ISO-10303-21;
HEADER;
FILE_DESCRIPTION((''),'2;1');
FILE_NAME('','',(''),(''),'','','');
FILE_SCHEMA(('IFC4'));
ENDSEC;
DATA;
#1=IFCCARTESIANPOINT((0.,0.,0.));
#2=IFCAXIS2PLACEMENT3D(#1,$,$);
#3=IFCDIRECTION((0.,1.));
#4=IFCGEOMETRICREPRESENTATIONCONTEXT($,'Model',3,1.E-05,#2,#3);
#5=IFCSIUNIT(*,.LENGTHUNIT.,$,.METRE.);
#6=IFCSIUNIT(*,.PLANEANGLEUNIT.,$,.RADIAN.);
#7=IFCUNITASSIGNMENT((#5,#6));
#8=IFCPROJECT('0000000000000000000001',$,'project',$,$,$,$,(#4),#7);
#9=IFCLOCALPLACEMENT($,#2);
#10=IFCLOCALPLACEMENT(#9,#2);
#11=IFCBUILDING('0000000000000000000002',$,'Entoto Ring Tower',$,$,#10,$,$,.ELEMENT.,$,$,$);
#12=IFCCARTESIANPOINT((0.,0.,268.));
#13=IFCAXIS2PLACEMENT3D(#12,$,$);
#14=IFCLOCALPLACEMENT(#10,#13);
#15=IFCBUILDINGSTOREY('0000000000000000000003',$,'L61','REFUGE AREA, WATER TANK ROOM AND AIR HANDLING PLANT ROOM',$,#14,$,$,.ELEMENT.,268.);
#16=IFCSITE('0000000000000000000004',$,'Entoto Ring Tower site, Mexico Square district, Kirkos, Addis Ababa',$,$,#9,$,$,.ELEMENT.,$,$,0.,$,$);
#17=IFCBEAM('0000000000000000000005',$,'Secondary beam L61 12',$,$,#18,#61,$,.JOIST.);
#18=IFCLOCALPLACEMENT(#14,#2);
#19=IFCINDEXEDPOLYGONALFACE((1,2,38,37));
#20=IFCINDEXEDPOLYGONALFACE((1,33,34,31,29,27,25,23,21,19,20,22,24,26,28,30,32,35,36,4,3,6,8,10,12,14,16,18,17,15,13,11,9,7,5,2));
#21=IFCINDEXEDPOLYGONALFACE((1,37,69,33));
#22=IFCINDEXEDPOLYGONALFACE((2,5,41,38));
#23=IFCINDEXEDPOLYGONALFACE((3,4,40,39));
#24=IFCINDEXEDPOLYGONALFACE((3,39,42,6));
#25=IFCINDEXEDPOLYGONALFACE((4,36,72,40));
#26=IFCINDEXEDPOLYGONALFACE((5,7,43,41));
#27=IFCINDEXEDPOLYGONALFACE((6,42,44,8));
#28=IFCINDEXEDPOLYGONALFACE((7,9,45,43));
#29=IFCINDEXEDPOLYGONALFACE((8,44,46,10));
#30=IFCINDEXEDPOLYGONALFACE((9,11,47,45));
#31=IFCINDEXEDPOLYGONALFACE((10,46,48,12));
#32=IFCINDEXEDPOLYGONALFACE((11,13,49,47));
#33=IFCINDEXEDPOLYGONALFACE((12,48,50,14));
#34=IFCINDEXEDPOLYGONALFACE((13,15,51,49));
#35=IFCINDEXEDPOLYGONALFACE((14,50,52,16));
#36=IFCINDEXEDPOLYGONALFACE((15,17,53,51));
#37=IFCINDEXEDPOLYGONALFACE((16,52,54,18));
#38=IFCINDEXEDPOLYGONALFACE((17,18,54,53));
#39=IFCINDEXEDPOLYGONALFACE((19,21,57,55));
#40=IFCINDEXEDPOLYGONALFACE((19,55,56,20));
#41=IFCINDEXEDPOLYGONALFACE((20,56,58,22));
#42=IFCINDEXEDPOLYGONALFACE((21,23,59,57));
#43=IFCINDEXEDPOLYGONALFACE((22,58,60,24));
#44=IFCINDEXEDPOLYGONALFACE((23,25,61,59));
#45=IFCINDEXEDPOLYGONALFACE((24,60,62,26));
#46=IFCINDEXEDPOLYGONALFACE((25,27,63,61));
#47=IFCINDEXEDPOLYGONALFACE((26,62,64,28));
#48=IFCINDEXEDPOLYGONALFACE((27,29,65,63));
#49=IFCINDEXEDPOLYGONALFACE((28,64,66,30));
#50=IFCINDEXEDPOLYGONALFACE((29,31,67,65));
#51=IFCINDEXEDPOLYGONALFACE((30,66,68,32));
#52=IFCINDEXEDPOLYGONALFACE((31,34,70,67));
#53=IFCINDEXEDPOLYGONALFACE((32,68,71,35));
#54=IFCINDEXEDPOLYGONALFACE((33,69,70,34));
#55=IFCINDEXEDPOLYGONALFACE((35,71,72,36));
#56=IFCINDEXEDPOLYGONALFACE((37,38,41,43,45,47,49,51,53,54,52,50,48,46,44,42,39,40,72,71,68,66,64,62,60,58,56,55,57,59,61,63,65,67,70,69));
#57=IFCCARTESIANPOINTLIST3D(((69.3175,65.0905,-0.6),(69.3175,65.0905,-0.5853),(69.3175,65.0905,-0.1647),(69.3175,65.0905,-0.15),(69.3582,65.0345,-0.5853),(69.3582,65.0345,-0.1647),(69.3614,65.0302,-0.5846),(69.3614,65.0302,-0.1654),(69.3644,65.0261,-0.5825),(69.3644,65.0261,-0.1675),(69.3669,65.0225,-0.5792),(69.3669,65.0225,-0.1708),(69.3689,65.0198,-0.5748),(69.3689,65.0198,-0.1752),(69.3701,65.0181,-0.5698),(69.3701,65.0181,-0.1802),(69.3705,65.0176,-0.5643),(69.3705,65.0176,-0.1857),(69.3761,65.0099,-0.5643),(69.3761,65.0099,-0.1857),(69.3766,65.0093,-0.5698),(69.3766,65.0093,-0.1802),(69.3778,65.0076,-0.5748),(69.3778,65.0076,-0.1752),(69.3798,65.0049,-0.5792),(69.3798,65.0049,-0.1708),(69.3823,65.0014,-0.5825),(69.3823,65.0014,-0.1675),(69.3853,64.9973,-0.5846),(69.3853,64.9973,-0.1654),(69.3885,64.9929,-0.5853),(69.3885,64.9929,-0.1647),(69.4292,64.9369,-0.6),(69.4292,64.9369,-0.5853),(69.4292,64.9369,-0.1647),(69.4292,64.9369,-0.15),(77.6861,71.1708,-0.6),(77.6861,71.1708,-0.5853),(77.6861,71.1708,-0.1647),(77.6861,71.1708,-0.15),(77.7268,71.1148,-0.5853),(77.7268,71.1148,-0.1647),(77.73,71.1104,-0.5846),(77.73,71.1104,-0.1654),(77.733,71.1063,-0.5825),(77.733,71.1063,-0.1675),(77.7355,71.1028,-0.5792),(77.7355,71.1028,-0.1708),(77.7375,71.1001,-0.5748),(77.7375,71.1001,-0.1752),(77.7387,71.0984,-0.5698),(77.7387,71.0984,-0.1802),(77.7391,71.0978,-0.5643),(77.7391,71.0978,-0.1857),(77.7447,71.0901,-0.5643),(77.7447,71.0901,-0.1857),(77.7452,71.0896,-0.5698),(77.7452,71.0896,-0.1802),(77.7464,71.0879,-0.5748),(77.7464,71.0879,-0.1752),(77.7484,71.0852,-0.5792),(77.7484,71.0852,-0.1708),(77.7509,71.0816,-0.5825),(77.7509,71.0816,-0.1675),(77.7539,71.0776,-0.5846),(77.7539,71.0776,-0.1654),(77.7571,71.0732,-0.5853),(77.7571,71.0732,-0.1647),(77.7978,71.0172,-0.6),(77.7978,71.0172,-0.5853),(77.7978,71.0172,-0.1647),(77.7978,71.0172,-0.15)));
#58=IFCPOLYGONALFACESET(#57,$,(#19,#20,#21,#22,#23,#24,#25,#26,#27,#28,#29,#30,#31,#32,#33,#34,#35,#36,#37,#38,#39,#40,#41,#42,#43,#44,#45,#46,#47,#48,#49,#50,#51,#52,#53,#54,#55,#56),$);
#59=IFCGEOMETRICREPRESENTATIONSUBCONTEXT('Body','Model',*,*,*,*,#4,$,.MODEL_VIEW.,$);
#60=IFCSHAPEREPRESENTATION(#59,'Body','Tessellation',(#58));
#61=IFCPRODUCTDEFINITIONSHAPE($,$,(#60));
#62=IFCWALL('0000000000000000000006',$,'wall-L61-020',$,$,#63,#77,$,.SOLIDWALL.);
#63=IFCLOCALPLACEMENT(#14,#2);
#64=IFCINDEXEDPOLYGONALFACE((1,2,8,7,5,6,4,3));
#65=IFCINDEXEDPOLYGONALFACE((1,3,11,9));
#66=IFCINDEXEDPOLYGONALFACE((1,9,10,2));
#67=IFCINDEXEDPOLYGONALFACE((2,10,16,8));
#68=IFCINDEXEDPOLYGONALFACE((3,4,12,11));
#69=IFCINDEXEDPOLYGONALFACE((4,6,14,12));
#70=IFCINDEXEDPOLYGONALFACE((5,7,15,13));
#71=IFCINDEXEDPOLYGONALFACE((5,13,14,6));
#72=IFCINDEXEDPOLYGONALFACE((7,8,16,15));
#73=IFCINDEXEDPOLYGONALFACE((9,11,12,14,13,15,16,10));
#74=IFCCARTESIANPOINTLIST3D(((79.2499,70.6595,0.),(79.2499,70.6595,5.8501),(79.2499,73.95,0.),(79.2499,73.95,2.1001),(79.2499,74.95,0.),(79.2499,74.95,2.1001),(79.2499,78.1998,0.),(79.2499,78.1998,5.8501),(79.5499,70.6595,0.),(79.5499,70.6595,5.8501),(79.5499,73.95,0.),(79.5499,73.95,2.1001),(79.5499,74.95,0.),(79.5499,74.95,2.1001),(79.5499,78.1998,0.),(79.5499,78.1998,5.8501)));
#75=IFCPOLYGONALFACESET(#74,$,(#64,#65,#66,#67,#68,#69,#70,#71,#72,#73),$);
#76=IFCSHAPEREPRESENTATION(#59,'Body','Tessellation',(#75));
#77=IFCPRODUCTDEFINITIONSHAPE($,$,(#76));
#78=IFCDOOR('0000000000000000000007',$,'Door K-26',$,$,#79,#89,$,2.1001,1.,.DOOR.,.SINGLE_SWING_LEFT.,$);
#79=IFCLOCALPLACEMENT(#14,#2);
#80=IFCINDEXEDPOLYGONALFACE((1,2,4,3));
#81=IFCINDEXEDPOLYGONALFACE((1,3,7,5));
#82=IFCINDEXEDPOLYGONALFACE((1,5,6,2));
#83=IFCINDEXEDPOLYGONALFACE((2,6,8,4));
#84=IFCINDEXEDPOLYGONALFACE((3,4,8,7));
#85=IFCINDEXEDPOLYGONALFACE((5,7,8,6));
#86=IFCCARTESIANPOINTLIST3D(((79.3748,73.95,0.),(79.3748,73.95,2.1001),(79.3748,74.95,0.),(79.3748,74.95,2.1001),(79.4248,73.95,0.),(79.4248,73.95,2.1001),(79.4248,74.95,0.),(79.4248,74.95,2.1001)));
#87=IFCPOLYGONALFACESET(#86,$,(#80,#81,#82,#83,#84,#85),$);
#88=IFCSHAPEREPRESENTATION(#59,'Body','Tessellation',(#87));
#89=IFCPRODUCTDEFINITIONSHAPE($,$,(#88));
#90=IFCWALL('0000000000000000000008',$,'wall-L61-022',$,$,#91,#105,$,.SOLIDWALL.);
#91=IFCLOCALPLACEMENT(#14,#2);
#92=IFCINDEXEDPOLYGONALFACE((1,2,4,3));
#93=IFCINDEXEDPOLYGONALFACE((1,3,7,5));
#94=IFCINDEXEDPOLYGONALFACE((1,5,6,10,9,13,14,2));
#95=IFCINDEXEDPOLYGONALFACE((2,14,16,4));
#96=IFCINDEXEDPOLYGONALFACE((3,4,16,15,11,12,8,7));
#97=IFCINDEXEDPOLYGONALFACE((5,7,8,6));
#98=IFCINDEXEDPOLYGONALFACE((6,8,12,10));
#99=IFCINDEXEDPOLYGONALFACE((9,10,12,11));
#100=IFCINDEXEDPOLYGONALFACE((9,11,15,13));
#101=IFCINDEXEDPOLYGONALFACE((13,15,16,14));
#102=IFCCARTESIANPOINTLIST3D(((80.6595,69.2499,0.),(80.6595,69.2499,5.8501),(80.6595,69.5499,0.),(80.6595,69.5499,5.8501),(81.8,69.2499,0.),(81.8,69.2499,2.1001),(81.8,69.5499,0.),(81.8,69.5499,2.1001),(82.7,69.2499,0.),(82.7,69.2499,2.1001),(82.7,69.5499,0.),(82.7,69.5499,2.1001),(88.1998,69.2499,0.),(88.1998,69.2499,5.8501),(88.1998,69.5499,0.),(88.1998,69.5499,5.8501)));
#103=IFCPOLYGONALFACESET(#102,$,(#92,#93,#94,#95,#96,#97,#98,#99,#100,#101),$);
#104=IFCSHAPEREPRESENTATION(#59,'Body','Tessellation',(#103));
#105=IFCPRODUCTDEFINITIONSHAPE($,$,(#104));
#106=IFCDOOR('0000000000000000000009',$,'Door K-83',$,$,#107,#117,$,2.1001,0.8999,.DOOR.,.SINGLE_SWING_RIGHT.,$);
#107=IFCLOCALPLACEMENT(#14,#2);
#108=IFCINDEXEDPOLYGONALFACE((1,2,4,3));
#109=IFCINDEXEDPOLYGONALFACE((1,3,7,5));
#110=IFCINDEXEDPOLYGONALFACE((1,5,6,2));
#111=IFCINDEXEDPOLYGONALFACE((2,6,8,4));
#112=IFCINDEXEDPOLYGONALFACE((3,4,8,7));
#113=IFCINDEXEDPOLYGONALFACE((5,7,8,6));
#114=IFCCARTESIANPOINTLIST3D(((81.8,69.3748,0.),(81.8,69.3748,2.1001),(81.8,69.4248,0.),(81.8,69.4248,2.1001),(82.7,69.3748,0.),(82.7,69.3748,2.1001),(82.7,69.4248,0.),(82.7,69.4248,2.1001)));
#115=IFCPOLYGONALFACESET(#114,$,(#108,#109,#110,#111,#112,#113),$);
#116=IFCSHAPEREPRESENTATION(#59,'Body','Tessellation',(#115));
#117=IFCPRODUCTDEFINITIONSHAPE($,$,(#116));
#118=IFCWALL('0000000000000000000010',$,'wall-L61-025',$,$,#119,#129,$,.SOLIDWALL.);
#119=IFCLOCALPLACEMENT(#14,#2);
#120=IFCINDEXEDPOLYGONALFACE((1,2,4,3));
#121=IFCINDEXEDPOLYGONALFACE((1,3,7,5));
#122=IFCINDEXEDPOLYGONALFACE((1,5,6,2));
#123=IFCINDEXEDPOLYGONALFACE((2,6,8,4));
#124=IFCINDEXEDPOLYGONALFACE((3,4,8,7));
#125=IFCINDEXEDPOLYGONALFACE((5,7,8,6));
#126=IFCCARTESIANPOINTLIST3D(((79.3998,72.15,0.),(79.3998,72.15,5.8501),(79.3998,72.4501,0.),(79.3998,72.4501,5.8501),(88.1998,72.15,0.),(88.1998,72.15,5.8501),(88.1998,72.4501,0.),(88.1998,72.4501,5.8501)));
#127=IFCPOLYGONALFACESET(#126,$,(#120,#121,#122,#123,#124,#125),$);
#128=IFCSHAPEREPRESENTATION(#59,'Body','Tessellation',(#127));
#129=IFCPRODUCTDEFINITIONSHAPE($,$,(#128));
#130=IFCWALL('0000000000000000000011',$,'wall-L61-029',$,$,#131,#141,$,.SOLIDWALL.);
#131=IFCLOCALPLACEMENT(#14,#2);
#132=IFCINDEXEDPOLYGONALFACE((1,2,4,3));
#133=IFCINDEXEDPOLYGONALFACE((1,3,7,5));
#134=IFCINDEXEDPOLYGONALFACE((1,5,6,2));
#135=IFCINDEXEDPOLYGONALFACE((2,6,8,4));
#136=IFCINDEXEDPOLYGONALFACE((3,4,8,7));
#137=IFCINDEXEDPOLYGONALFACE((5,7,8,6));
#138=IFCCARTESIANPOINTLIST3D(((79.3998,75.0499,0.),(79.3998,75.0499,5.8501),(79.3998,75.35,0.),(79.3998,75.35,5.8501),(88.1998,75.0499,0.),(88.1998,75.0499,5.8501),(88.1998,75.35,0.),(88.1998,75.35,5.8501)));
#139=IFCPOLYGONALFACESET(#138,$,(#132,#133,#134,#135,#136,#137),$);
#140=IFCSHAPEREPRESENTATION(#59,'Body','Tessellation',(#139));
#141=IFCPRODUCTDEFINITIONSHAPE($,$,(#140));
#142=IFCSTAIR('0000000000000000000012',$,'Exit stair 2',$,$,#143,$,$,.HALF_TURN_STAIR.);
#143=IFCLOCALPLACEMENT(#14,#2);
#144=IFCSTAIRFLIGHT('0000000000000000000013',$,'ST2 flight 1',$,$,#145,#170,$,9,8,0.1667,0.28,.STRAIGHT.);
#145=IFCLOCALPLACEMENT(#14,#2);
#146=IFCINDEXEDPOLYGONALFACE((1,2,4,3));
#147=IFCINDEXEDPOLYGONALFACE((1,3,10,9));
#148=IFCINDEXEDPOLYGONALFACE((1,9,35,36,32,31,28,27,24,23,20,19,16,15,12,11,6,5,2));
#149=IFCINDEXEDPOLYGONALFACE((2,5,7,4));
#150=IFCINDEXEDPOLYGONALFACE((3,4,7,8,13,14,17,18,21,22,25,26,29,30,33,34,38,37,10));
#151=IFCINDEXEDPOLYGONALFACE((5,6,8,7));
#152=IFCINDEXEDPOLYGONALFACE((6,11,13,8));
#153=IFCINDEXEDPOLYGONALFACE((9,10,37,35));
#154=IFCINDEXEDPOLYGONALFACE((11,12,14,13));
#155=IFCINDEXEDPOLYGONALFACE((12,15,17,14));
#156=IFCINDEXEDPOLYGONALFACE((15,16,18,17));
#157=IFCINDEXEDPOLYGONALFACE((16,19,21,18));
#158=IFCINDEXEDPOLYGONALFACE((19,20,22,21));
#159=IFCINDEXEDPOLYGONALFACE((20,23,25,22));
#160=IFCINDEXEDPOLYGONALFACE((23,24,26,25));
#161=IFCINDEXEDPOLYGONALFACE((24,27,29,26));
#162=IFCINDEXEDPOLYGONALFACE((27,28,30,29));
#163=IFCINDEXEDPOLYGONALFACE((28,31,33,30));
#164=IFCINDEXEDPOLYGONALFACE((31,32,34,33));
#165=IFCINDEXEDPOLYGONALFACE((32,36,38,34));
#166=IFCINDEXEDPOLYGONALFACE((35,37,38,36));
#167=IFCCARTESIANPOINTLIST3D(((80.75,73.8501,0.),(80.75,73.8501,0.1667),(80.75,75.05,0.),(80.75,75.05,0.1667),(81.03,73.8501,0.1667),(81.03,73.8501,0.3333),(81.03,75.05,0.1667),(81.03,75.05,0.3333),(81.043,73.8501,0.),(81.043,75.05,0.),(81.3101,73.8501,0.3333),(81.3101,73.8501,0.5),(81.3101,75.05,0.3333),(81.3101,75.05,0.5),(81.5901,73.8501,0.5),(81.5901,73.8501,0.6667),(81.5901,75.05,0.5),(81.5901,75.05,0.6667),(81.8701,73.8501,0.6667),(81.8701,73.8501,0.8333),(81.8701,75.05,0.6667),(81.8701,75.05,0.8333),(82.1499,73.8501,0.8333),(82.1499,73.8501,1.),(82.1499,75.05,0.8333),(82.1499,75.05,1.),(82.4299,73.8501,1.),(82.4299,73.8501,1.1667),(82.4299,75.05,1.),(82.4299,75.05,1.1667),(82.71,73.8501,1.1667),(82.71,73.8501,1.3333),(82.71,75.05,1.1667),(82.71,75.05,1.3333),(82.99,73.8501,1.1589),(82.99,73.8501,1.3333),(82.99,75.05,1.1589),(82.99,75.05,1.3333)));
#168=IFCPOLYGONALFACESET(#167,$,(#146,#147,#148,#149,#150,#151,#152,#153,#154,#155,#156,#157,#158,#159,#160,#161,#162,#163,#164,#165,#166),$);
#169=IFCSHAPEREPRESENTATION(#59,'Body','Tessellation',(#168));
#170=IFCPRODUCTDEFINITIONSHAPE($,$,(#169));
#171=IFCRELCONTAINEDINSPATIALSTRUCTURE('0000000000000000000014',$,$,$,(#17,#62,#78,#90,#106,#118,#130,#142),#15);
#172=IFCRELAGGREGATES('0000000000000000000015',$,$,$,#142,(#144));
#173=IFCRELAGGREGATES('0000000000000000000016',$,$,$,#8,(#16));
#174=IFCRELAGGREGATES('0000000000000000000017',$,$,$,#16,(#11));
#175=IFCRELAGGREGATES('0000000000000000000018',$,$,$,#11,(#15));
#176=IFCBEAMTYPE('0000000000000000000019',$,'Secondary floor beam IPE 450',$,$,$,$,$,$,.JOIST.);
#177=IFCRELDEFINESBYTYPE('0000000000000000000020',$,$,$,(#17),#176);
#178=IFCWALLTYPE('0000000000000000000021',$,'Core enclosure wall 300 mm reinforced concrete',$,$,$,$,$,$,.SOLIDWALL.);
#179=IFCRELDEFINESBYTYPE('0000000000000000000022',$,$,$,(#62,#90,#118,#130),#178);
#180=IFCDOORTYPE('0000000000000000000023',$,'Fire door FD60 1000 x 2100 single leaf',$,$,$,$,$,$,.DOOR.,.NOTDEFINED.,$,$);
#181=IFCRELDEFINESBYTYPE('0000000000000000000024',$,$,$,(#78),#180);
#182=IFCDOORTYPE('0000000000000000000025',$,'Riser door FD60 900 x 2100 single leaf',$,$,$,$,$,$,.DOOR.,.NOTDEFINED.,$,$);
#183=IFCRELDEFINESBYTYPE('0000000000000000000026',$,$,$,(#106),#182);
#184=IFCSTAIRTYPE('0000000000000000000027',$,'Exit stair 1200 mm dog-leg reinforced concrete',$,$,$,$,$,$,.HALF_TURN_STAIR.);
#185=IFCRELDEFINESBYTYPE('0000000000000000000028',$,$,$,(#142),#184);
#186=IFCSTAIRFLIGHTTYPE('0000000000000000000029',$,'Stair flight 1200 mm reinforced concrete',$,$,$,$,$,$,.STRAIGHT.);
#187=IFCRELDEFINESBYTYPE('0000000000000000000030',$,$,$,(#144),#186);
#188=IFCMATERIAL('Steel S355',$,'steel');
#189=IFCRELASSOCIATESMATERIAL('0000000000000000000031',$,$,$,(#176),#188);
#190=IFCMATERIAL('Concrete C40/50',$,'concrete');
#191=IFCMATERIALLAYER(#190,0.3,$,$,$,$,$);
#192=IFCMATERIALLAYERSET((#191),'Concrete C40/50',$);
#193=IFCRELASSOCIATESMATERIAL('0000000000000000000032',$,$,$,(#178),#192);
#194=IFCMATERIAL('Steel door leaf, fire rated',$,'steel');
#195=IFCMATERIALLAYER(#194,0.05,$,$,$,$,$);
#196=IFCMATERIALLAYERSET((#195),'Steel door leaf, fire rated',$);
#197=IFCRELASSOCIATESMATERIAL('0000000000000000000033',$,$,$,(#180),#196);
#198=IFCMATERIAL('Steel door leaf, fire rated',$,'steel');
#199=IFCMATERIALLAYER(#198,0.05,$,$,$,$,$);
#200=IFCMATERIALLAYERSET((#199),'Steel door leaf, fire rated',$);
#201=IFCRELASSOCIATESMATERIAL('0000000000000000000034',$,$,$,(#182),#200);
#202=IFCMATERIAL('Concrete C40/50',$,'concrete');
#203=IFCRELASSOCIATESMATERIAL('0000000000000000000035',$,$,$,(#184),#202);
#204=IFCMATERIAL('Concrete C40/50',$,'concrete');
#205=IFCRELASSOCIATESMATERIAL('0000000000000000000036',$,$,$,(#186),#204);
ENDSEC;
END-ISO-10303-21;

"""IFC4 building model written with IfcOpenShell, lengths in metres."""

from ifc_helpers import new_model, si_unit, direction, frame, frame_2d, origin, origin_2d, place, context, subcontext, project, spatial, polyline, rectangle, i_section, outline, extrude, material, layer, layer_set, material_profile, profile_set, type_object, element, fill, aggregate, save


model = new_model("IFC4")

# Units and contexts
model_context = context("Model", 3, precision=1e-05, world=origin(), true_north=direction((0.0, 1.0)))
body_context = subcontext(model_context, "Body", "Model", "MODEL_VIEW")
ifc_project = project(units=[si_unit("LENGTHUNIT", "METRE"), si_unit("PLANEANGLEUNIT", "RADIAN")], contexts=[model_context])

# Site, building, storey
site_placement = place(None, origin())
site = spatial("IfcSite", under=ifc_project, at=site_placement, Name="Entoto Ring Tower site, Mexico Square district, Kirkos, Addis Ababa", CompositionType="ELEMENT", RefElevation=0.0)
building_placement = place(site_placement, origin())
building = spatial("IfcBuilding", under=site, at=building_placement, Name="Entoto Ring Tower", CompositionType="ELEMENT")
storey_placement = place(building_placement, frame((0.0, 0.0, 268.0)))
storey = spatial("IfcBuildingStorey", under=building, at=storey_placement, Name="L61", Description="REFUGE AREA, WATER TANK ROOM AND AIR HANDLING PLANT ROOM", CompositionType="ELEMENT", Elevation=268.0)

# Beam
ifc_material_1 = material(Name="Steel S355", Category="steel")
ifc_material_profile_1 = material_profile(ifc_material_1, i_section(OverallWidth=0.1899, OverallDepth=0.45, WebThickness=0.0095, FlangeThickness=0.0146, FilletRadius=0.021, at=origin_2d()), Name="IPE 450")
ifc_profile_set_1 = profile_set([ifc_material_profile_1], Name="Steel S355")
beam_type_1 = type_object("IfcBeamType", Name="Secondary floor beam IPE 450", PredefinedType="JOIST", material=ifc_profile_set_1)
beam_1_placement = place(storey_placement, frame((77.7419, 71.094, -0.375), z_axis=(-0.809011, -0.587794, 0.0), x_axis=(0.587794, -0.809011, 0.0)))
element("IfcBeam", 1, at=beam_1_placement, inside=storey, type_object=beam_type_1, Name="Secondary beam L61 12", PredefinedType="JOIST", context=body_context, shape_type="SweptSolid", body=[
    extrude(i_section(OverallWidth=0.1899, OverallDepth=0.45, WebThickness=0.0095, FlangeThickness=0.0146, FilletRadius=0.021, at=origin_2d()), origin(), (0.0, 0.0, 1.0), 10.3442),
])

# Walls, openings, doors
ifc_material_2 = material(Name="Concrete C40/50", Category="concrete")
ifc_layer_1 = layer(ifc_material_2, 0.3)
ifc_layer_set_1 = layer_set([ifc_layer_1], Name="Concrete C40/50")
wall_type = type_object("IfcWallType", Name="Core enclosure wall 300 mm reinforced concrete", PredefinedType="SOLIDWALL", material=ifc_layer_set_1)
wall_1_placement = place(storey_placement, frame((79.3999, 70.6597, 0.0), z_axis=(0.0, 0.0, 1.0), x_axis=(0.0, 1.0, 0.0)))
wall_1 = element("IfcWall", 2, at=wall_1_placement, inside=storey, type_object=wall_type, Name="wall-L61-020", PredefinedType="SOLIDWALL", context=body_context, shape_type="SweptSolid", body=[
    extrude(rectangle(XDim=7.5403, YDim=0.3, at=frame_2d((3.77, 0.0))), origin(), (0.0, 0.0, 1.0), 5.8501),
])
opening_1_placement = place(wall_1_placement, frame((3.2903, 0.0, 0.0)))
opening_1 = element("IfcOpeningElement", 3, at=opening_1_placement, cuts=wall_1, PredefinedType="OPENING", context=body_context, shape_type="SweptSolid", body=[
    extrude(rectangle(XDim=1.0, YDim=2.1001, at=frame_2d((0.5, 1.05))), frame((0.0, 0.1602, 0.0), z_axis=(0.0, -1.0, 0.0), x_axis=(1.0, 0.0, 0.0)), (0.0, 0.0, 1.0), 0.3201),
])
ifc_material_3 = material(Name="Steel door leaf, fire rated", Category="steel")
ifc_layer_2 = layer(ifc_material_3, 0.05)
ifc_layer_set_2 = layer_set([ifc_layer_2], Name="Steel door leaf, fire rated")
door_type_1 = type_object("IfcDoorType", Name="Fire door FD60 1000 x 2100 single leaf", OperationType="NOTDEFINED", PredefinedType="DOOR", material=ifc_layer_set_2)
door_1_placement = place(opening_1_placement, frame((1.0, 0.0, 0.0), z_axis=(0.0, 0.0, 1.0), x_axis=(-1.0, 0.0, 0.0)))
door_1 = element("IfcDoor", 4, at=door_1_placement, inside=storey, type_object=door_type_1, Name="Door K-26", OperationType="SINGLE_SWING_LEFT", OverallHeight=2.1001, OverallWidth=1.0, PredefinedType="DOOR", context=body_context, shape_type="SweptSolid", body=[
    extrude(rectangle(XDim=1.0, YDim=2.1001, at=frame_2d((0.5, 1.05))), frame((0.0, 0.0249, 0.0), z_axis=(0.0, -1.0, 0.0), x_axis=(1.0, 0.0, 0.0)), (0.0, 0.0, 1.0), 0.05),
])
fill(opening_1, door_1)
wall_2_placement = place(storey_placement, frame((80.6597, 69.3999, 0.0), z_axis=(0.0, 0.0, 1.0), x_axis=(1.0, 0.0, 0.0)))
wall_2 = element("IfcWall", 5, at=wall_2_placement, inside=storey, type_object=wall_type, Name="wall-L61-022", PredefinedType="SOLIDWALL", context=body_context, shape_type="SweptSolid", body=[
    extrude(rectangle(XDim=7.5403, YDim=0.3, at=frame_2d((3.77, 0.0))), origin(), (0.0, 0.0, 1.0), 5.8501),
])
opening_2_placement = place(wall_2_placement, frame((1.1404, 0.0, 0.0)))
opening_2 = element("IfcOpeningElement", 6, at=opening_2_placement, cuts=wall_2, PredefinedType="OPENING", context=body_context, shape_type="SweptSolid", body=[
    extrude(rectangle(XDim=0.8999, YDim=2.1001, at=frame_2d((0.45, 1.05))), frame((0.0, 0.1602, 0.0), z_axis=(0.0, -1.0, 0.0), x_axis=(1.0, 0.0, 0.0)), (0.0, 0.0, 1.0), 0.3201),
])
ifc_material_4 = material(Name="Steel door leaf, fire rated", Category="steel")
ifc_layer_3 = layer(ifc_material_4, 0.05)
ifc_layer_set_3 = layer_set([ifc_layer_3], Name="Steel door leaf, fire rated")
door_type_2 = type_object("IfcDoorType", Name="Riser door FD60 900 x 2100 single leaf", OperationType="NOTDEFINED", PredefinedType="DOOR", material=ifc_layer_set_3)
door_2_placement = place(opening_2_placement, origin())
door_2 = element("IfcDoor", 7, at=door_2_placement, inside=storey, type_object=door_type_2, Name="Door K-83", OperationType="SINGLE_SWING_RIGHT", OverallHeight=2.1001, OverallWidth=0.8999, PredefinedType="DOOR", context=body_context, shape_type="SweptSolid", body=[
    extrude(rectangle(XDim=0.8999, YDim=2.1001, at=frame_2d((0.45, 1.05))), frame((0.0, 0.0249, 0.0), z_axis=(0.0, -1.0, 0.0), x_axis=(1.0, 0.0, 0.0)), (0.0, 0.0, 1.0), 0.05),
])
fill(opening_2, door_2)

# Walls
for number, where, z_axis, x_axis, name in (
    (8, (79.3999, 72.3, 0.0), (0.0, 0.0, 1.0), (1.0, 0.0, 0.0), "wall-L61-025"),
    (9, (79.3999, 75.2, 0.0), (0.0, 0.0, 1.0), (1.0, 0.0, 0.0), "wall-L61-029"),
):
    element("IfcWall", number, at=place(storey_placement, frame(where, z_axis=z_axis, x_axis=x_axis)), inside=storey, type_object=wall_type, Name=name, PredefinedType="SOLIDWALL", context=body_context, shape_type="SweptSolid", body=[
        extrude(rectangle(XDim=8.8, YDim=0.3, at=frame_2d((4.3999, 0.0))), origin(), (0.0, 0.0, 1.0), 5.8501),
    ])

# Stair, stair flight
ifc_material_5 = material(Name="Concrete C40/50", Category="concrete")
stair_type = type_object("IfcStairType", Name="Exit stair 1200 mm dog-leg reinforced concrete", PredefinedType="HALF_TURN_STAIR", material=ifc_material_5)
stair_placement = place(storey_placement, origin())
stair = element("IfcStair", 10, at=stair_placement, inside=storey, type_object=stair_type, Name="Exit stair 2", PredefinedType="HALF_TURN_STAIR")
ifc_material_6 = material(Name="Concrete C40/50", Category="concrete")
stair_flight_type = type_object("IfcStairFlightType", Name="Stair flight 1200 mm reinforced concrete", PredefinedType="STRAIGHT", material=ifc_material_6)
stair_flight_1_placement = place(storey_placement, frame((80.75, 74.45, 0.0), z_axis=(0.0, 0.0, 1.0), x_axis=(1.0, 0.0, 0.0)))
stair_flight_1 = element("IfcStairFlight", 11, at=stair_flight_1_placement, type_object=stair_flight_type, Name="ST2 flight 1", NumberOfRisers=9, NumberOfTreads=8, PredefinedType="STRAIGHT", RiserHeight=0.1667, TreadLength=0.28, context=body_context, shape_type="SweptSolid", body=[
    extrude(outline(polyline([(0.0, 0.0), (0.0, 0.1667), (0.28, 0.1667), (0.28, 0.3333), (0.5601, 0.3333), (0.5601, 0.5), (0.8401, 0.5), (0.8401, 0.6667), (1.1201, 0.6667), (1.1201, 0.8333), (1.3999, 0.8333), (1.3999, 1.0), (1.6799, 1.0), (1.6799, 1.1667), (1.96, 1.1667), (1.96, 1.3333), (2.24, 1.3333), (2.24, 1.5), (2.24, 1.1589), (0.293, 0.0), (0.0, 0.0)])), frame((0.0, 0.6001, 0.0), z_axis=(0.0, -1.0, 0.0), x_axis=(1.0, 0.0, 0.0)), (0.0, 0.0, 1.0), 1.2),
])
aggregate(stair, [stair_flight_1])

save(model, "model.ifc")
